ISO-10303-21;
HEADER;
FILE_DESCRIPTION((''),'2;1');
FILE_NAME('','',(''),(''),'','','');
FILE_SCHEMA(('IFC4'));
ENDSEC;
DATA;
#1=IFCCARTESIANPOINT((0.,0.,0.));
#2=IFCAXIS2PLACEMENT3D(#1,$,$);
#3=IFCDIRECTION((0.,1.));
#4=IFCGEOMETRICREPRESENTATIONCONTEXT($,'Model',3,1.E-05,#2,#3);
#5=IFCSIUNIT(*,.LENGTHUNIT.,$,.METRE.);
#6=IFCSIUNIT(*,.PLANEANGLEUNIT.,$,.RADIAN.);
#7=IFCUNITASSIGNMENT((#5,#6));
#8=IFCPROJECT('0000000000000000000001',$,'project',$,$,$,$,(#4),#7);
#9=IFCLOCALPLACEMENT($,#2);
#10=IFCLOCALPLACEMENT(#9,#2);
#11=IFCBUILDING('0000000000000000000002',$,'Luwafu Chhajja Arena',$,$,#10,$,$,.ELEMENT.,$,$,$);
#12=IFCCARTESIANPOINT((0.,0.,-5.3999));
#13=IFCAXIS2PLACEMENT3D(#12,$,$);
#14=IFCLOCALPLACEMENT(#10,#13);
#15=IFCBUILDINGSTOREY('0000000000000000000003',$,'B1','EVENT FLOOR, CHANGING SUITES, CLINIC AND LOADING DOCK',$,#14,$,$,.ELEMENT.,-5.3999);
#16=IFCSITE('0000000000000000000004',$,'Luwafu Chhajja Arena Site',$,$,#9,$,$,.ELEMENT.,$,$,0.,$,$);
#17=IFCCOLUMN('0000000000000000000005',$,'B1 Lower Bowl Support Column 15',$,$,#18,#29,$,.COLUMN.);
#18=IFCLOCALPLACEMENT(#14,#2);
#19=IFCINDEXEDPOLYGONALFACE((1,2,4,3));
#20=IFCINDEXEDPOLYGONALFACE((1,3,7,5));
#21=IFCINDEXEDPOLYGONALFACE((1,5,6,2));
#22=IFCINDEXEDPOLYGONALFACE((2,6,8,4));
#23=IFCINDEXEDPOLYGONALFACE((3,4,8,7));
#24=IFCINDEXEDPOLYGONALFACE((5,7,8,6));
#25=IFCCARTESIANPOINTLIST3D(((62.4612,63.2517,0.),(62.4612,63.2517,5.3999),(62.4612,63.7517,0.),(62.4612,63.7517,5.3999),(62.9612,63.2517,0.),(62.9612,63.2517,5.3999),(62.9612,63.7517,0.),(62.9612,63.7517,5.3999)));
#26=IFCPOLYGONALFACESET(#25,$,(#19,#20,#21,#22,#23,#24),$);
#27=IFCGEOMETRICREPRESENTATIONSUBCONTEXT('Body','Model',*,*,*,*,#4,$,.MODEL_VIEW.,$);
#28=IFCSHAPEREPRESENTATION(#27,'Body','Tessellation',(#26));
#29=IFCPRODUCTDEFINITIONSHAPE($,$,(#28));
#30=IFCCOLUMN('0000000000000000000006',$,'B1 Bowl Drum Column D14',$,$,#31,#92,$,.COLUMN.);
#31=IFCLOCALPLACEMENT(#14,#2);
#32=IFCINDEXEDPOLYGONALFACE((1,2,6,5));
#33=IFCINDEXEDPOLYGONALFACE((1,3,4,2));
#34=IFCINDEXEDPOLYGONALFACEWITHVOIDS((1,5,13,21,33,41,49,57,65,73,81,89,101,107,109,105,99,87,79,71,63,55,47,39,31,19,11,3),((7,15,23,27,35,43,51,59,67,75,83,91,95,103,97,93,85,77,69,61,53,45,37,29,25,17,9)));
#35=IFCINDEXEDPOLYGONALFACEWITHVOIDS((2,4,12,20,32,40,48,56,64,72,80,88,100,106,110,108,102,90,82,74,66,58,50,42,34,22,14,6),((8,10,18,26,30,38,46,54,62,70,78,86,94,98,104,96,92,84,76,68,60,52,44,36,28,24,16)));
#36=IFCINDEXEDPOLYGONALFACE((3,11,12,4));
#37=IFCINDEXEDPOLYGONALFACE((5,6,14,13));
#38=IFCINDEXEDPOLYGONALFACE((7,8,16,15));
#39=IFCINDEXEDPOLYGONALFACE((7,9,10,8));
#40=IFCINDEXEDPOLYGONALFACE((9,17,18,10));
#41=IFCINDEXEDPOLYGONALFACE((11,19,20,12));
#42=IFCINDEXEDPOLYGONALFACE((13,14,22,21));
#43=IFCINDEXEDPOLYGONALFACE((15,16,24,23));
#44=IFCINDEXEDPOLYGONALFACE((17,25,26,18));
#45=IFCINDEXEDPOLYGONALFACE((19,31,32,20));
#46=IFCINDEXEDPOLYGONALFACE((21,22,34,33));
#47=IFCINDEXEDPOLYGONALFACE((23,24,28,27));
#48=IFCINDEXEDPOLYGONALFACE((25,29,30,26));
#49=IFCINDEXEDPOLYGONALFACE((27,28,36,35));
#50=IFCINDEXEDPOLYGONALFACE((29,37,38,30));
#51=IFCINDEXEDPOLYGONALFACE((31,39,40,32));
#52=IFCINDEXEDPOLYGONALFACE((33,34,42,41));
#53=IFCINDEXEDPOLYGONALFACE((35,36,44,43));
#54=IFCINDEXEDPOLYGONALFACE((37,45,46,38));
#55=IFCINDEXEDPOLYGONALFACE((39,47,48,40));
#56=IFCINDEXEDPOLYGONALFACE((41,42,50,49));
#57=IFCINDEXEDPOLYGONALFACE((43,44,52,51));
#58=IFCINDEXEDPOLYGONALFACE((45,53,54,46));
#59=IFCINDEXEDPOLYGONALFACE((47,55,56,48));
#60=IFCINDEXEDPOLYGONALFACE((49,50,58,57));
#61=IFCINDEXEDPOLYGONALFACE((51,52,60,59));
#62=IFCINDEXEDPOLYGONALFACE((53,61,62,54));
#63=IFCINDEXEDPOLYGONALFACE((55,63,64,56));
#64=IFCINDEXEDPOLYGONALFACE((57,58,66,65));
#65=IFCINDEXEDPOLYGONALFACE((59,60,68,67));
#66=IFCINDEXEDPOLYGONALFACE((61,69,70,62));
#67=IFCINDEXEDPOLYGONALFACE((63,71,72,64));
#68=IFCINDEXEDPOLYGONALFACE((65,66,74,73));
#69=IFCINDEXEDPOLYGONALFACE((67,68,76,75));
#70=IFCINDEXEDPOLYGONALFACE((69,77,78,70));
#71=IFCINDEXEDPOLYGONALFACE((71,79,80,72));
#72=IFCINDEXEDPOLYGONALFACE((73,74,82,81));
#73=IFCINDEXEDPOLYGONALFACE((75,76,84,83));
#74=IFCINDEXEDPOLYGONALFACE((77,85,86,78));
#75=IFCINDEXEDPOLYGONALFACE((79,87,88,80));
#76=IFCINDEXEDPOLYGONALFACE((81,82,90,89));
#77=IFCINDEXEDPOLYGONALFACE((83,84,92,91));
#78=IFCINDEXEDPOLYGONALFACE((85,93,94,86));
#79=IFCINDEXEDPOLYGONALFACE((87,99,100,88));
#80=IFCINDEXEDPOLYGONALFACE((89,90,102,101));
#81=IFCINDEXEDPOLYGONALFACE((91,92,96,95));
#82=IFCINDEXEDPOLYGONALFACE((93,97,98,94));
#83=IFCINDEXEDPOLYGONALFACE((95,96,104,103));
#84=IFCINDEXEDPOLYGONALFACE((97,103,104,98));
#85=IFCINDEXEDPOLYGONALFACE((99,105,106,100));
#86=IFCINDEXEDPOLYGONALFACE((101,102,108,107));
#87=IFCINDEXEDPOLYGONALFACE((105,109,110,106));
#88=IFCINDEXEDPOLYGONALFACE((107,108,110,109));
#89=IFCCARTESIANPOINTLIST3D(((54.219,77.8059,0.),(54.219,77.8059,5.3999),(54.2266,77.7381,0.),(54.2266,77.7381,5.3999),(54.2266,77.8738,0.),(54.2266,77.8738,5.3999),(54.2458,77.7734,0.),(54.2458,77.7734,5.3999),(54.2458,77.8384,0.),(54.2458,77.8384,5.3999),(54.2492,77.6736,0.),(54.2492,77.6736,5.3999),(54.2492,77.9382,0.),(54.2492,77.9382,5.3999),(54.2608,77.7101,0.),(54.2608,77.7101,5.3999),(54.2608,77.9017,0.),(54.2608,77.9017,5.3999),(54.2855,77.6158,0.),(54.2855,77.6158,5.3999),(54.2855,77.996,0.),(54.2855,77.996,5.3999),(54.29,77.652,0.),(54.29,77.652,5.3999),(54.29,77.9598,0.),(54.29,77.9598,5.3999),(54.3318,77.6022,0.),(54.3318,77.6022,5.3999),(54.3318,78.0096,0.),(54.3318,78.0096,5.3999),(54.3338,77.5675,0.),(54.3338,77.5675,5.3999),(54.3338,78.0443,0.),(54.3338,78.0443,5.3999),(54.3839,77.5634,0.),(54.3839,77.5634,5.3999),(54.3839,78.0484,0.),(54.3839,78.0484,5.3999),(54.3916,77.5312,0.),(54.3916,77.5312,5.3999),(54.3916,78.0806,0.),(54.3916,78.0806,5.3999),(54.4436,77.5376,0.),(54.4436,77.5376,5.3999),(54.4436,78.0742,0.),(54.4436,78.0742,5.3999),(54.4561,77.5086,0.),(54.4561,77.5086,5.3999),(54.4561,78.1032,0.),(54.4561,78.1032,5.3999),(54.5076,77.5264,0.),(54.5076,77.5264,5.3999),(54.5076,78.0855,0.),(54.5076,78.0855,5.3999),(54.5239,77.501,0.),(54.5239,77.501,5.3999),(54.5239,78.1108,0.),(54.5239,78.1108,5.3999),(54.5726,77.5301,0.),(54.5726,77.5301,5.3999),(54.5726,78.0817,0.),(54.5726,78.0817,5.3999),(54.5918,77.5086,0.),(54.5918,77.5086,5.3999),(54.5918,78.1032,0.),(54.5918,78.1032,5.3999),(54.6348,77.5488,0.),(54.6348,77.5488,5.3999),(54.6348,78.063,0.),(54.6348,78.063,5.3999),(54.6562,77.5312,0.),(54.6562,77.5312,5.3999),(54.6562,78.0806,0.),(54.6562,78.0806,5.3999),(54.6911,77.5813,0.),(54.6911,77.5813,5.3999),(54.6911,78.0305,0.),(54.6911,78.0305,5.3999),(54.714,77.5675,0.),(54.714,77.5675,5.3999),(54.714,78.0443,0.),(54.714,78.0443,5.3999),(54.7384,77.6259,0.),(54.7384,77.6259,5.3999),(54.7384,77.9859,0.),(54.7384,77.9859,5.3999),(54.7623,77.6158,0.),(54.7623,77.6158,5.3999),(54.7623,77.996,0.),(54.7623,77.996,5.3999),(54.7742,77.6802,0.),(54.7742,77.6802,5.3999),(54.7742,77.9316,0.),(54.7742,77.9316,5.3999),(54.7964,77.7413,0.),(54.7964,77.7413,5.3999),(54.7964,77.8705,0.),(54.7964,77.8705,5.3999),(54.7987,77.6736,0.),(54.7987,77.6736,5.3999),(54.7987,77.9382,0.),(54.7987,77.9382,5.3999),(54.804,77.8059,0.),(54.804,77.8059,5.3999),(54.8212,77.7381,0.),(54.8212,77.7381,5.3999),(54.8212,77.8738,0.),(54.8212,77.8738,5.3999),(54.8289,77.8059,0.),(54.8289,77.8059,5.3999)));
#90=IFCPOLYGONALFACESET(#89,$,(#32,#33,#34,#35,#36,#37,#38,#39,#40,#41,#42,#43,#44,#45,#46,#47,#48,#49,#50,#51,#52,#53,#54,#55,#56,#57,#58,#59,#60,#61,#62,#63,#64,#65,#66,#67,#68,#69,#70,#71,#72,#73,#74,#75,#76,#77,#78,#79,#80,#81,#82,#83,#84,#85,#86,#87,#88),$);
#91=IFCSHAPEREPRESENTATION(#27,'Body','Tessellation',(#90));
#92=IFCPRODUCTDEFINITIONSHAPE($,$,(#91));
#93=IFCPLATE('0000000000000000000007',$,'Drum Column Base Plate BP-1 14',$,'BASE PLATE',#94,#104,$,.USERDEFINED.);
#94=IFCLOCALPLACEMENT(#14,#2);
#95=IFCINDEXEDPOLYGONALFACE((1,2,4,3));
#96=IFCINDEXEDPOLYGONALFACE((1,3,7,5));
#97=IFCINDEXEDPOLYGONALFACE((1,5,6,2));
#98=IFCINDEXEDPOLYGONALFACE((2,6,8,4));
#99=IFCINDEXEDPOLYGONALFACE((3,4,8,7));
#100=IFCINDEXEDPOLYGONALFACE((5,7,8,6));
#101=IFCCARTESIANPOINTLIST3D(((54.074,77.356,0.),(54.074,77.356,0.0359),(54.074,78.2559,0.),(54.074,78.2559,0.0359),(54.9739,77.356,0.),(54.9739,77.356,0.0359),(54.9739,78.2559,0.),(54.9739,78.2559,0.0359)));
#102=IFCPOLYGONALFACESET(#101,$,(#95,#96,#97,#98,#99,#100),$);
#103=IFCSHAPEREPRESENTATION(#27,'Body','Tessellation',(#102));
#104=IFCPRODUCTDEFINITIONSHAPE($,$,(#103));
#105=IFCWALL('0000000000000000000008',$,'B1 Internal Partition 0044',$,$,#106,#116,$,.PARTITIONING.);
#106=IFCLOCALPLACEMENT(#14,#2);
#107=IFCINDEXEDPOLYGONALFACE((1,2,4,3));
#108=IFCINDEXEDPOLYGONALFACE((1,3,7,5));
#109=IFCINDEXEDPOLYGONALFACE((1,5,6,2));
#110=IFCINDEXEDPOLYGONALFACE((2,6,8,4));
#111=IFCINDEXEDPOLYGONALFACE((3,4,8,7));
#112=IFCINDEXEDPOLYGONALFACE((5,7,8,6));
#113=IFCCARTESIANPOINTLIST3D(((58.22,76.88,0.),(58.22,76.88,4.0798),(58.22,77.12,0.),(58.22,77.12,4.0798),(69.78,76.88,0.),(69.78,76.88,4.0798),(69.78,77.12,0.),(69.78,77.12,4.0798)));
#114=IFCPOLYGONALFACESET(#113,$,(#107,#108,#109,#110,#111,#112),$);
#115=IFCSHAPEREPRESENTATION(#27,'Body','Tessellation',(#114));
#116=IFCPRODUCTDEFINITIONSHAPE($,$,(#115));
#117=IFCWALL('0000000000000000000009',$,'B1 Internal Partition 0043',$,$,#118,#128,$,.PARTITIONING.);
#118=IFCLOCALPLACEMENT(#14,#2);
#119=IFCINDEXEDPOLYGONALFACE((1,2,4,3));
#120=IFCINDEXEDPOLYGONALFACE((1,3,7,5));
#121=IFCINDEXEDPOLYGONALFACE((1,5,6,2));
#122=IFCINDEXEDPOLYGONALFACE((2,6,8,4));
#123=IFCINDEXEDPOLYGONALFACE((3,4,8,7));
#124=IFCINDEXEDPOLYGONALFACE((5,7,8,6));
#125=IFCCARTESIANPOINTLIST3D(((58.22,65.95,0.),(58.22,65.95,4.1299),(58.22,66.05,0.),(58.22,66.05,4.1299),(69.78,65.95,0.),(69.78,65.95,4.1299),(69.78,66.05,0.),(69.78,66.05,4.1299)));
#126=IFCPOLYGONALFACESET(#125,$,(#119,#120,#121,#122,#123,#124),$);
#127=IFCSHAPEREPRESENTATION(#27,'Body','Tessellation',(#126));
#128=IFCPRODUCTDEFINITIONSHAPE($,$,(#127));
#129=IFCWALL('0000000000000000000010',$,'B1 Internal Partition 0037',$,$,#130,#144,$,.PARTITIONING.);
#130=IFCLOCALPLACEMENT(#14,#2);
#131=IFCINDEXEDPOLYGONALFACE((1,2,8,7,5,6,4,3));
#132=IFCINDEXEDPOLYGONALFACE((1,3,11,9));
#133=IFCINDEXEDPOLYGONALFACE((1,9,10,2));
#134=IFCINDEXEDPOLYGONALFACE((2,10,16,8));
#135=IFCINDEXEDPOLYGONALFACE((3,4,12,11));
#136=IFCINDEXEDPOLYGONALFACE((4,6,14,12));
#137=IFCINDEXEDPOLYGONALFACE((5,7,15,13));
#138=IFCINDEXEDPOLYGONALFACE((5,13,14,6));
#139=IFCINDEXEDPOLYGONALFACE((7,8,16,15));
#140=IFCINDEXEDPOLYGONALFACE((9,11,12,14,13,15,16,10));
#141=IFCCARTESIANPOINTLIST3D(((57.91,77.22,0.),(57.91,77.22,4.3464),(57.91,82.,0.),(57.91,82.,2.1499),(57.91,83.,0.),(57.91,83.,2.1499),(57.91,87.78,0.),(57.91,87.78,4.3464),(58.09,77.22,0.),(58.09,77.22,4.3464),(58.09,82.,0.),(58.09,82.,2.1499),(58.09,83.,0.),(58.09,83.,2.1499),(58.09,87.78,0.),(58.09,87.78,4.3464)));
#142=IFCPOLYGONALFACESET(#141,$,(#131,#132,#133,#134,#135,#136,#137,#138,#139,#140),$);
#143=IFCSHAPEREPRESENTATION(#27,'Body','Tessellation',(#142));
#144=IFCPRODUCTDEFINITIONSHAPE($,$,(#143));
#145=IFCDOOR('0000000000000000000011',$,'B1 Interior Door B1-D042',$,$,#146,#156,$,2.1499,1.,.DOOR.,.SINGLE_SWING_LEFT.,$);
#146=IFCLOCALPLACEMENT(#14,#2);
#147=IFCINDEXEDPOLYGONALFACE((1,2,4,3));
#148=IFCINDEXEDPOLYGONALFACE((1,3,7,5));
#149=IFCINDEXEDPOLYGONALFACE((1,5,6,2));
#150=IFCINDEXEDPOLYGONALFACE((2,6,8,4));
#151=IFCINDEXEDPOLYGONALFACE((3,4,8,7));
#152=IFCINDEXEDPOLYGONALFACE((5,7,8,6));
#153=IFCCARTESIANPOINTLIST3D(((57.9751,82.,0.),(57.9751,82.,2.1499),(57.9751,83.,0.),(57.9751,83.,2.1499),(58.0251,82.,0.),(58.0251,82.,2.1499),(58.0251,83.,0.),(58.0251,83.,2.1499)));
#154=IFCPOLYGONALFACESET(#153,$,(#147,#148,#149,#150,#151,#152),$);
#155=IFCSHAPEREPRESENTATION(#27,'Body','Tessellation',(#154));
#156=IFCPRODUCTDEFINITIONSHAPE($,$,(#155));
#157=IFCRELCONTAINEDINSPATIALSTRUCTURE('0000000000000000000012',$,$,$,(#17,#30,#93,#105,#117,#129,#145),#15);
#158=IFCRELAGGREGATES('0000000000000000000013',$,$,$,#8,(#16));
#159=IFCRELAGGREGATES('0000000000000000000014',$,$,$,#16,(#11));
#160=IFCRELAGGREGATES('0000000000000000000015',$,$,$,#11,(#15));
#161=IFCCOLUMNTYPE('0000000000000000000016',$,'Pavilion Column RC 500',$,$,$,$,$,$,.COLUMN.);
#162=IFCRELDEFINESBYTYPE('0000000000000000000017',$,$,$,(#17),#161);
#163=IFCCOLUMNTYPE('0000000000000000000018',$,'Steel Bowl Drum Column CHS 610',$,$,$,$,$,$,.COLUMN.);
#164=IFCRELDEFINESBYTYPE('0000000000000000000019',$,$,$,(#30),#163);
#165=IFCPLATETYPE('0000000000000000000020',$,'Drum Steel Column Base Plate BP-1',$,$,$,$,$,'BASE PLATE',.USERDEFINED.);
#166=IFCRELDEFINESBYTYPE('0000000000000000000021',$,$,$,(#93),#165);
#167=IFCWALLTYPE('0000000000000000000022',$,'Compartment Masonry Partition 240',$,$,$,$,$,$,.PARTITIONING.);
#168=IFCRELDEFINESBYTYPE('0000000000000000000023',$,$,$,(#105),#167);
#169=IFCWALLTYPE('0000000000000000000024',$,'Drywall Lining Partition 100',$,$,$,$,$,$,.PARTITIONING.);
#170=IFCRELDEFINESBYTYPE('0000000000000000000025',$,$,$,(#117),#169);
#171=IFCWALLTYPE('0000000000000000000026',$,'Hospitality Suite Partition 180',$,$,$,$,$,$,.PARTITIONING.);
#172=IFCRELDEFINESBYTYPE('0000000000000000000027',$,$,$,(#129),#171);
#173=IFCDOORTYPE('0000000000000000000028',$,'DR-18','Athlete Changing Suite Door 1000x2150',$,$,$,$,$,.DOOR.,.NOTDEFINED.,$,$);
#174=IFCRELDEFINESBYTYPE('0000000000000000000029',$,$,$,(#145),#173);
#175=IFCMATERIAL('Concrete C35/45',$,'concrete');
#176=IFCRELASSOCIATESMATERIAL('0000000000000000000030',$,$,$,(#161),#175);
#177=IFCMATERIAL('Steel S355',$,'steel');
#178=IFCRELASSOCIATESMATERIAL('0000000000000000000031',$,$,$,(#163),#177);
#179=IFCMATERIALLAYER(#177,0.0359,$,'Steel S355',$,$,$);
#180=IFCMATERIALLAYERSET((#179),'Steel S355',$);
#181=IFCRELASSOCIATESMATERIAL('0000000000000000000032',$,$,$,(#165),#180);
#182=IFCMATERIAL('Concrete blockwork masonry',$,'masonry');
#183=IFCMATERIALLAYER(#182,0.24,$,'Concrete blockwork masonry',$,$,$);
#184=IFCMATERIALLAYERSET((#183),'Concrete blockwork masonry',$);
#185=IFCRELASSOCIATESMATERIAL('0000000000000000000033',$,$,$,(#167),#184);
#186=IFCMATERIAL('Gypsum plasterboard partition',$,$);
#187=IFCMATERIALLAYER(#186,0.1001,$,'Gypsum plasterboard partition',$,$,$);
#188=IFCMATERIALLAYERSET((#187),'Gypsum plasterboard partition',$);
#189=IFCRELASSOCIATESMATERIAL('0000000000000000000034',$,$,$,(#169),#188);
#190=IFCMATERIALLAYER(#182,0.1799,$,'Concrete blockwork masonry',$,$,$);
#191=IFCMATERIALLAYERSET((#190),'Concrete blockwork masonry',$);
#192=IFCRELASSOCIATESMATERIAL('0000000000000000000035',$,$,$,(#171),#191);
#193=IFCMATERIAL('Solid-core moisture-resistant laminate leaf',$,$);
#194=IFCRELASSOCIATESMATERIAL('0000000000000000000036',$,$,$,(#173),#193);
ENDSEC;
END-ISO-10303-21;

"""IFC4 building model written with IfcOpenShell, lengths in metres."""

from ifc_helpers import new_model, si_unit, direction, frame, frame_2d, origin, origin_2d, place, context, subcontext, project, spatial, rectangle, hollow_circle, extrude, material, layer, layer_set, material_profile, profile_set, type_object, element, fill, save


model = new_model("IFC4")

# Units and contexts
model_context = context("Model", 3, precision=1e-05, world=origin(), true_north=direction((0.0, 1.0)))
body_context = subcontext(model_context, "Body", "Model", "MODEL_VIEW")
ifc_project = project(units=[si_unit("LENGTHUNIT", "METRE"), si_unit("PLANEANGLEUNIT", "RADIAN")], contexts=[model_context])

# Site, building, storey
site_placement = place(None, origin())
site = spatial("IfcSite", under=ifc_project, at=site_placement, Name="Luwafu Chhajja Arena Site", CompositionType="ELEMENT", RefElevation=0.0)
building_placement = place(site_placement, origin())
building = spatial("IfcBuilding", under=site, at=building_placement, Name="Luwafu Chhajja Arena", CompositionType="ELEMENT")
storey_placement = place(building_placement, frame((0.0, 0.0, -5.3999)))
storey = spatial("IfcBuildingStorey", under=building, at=storey_placement, Name="B1", Description="EVENT FLOOR, CHANGING SUITES, CLINIC AND LOADING DOCK", CompositionType="ELEMENT", Elevation=-5.3999)

# Shared definitions
ifc_material_1 = material(Name="Concrete C35/45", Category="concrete")

# Columns
ifc_material_profile_1 = material_profile(ifc_material_1, rectangle(XDim=0.5, YDim=0.5, at=origin_2d()), Name="RC 500x500")
ifc_profile_set_1 = profile_set([ifc_material_profile_1], Name="Concrete C35/45")
column_type_1 = type_object("IfcColumnType", Name="Pavilion Column RC 500", PredefinedType="COLUMN", material=ifc_profile_set_1)
for number, where, z_axis, x_axis, name in (
    (1, (62.7112, 63.5017, 0.0), (0.0, 0.0, 1.0), (1.0, 0.0, 0.0), "B1 Lower Bowl Support Column 15"),
):
    element("IfcColumn", number, at=place(storey_placement, frame(where, z_axis=z_axis, x_axis=x_axis)), inside=storey, type_object=column_type_1, Name=name, PredefinedType="COLUMN", context=body_context, shape_type="SweptSolid", body=[
        extrude(rectangle(XDim=0.5, YDim=0.5, at=origin_2d()), origin(), (0.0, 0.0, 1.0), 5.3999),
    ])
ifc_material_2 = material(Name="Steel S355", Category="steel")
ifc_material_profile_2 = material_profile(ifc_material_2, hollow_circle(Radius=0.3049, WallThickness=0.0249, at=origin_2d()), Name="CHS 610x25")
ifc_profile_set_2 = profile_set([ifc_material_profile_2], Name="Steel S355")
column_type_2 = type_object("IfcColumnType", Name="Steel Bowl Drum Column CHS 610", PredefinedType="COLUMN", material=ifc_profile_set_2)
column_1_placement = place(storey_placement, frame((54.5239, 77.8059, 0.0), z_axis=(0.0, 0.0, 1.0), x_axis=(1.0, 0.0, 0.0)))
element("IfcColumn", 2, at=column_1_placement, inside=storey, type_object=column_type_2, Name="B1 Bowl Drum Column D14", PredefinedType="COLUMN", context=body_context, shape_type="SweptSolid", body=[
    extrude(hollow_circle(Radius=0.3049, WallThickness=0.0249, at=origin_2d()), origin(), (0.0, 0.0, 1.0), 5.3999),
])

# Plate
ifc_layer_1 = layer(ifc_material_2, 0.0359, Name="Steel S355")
ifc_layer_set_1 = layer_set([ifc_layer_1], Name="Steel S355")
plate_type = type_object("IfcPlateType", Name="Drum Steel Column Base Plate BP-1", ElementType="BASE PLATE", PredefinedType="USERDEFINED", material=ifc_layer_set_1)
plate_placement = place(storey_placement, frame((54.5239, 77.8059, 0.0), z_axis=(0.0, 0.0, 1.0), x_axis=(1.0, 0.0, 0.0)))
element("IfcPlate", 3, at=plate_placement, inside=storey, type_object=plate_type, Name="Drum Column Base Plate BP-1 14", ObjectType="BASE PLATE", PredefinedType="USERDEFINED", context=body_context, shape_type="SweptSolid", body=[
    extrude(rectangle(XDim=0.8999, YDim=0.8999, at=origin_2d()), origin(), (0.0, 0.0, 1.0), 0.0359),
])

# Walls
ifc_material_3 = material(Name="Concrete blockwork masonry", Category="masonry")
ifc_layer_2 = layer(ifc_material_3, 0.24, Name="Concrete blockwork masonry")
ifc_layer_set_2 = layer_set([ifc_layer_2], Name="Concrete blockwork masonry")
wall_type_1 = type_object("IfcWallType", Name="Compartment Masonry Partition 240", PredefinedType="PARTITIONING", material=ifc_layer_set_2)
wall_1_placement = place(storey_placement, frame((58.22, 77.0, 0.0), z_axis=(0.0, 0.0, 1.0), x_axis=(1.0, 0.0, 0.0)))
element("IfcWall", 4, at=wall_1_placement, inside=storey, type_object=wall_type_1, Name="B1 Internal Partition 0044", PredefinedType="PARTITIONING", context=body_context, shape_type="SweptSolid", body=[
    extrude(rectangle(XDim=11.5601, YDim=0.24, at=frame_2d((5.78, 0.0))), origin(), (0.0, 0.0, 1.0), 4.0798),
])
ifc_material_4 = material(Name="Gypsum plasterboard partition")
ifc_layer_3 = layer(ifc_material_4, 0.1001, Name="Gypsum plasterboard partition")
ifc_layer_set_3 = layer_set([ifc_layer_3], Name="Gypsum plasterboard partition")
wall_type_2 = type_object("IfcWallType", Name="Drywall Lining Partition 100", PredefinedType="PARTITIONING", material=ifc_layer_set_3)
wall_2_placement = place(storey_placement, frame((58.22, 66.0, 0.0), z_axis=(0.0, 0.0, 1.0), x_axis=(1.0, 0.0, 0.0)))
element("IfcWall", 5, at=wall_2_placement, inside=storey, type_object=wall_type_2, Name="B1 Internal Partition 0043", PredefinedType="PARTITIONING", context=body_context, shape_type="SweptSolid", body=[
    extrude(rectangle(XDim=11.5601, YDim=0.1001, at=frame_2d((5.78, 0.0))), origin(), (0.0, 0.0, 1.0), 4.1299),
])

# Wall, opening, door
ifc_layer_4 = layer(ifc_material_3, 0.1799, Name="Concrete blockwork masonry")
ifc_layer_set_4 = layer_set([ifc_layer_4], Name="Concrete blockwork masonry")
wall_type_3 = type_object("IfcWallType", Name="Hospitality Suite Partition 180", PredefinedType="PARTITIONING", material=ifc_layer_set_4)
wall_3_placement = place(storey_placement, frame((58.0, 77.22, 0.0), z_axis=(0.0, 0.0, 1.0), x_axis=(0.0, 1.0, 0.0)))
wall_3 = element("IfcWall", 6, at=wall_3_placement, inside=storey, type_object=wall_type_3, Name="B1 Internal Partition 0037", PredefinedType="PARTITIONING", context=body_context, shape_type="SweptSolid", body=[
    extrude(rectangle(XDim=10.5601, YDim=0.1799, at=frame_2d((5.28, 0.0))), origin(), (0.0, 0.0, 1.0), 4.3464),
])
opening_placement = place(wall_3_placement, frame((4.78, 0.0, 0.0)))
opening = element("IfcOpeningElement", 7, at=opening_placement, cuts=wall_3, PredefinedType="OPENING", context=body_context, shape_type="SweptSolid", body=[
    extrude(rectangle(XDim=1.0, YDim=2.1499, at=frame_2d((0.5, 1.075))), frame((0.0, 0.0999, 0.0), z_axis=(0.0, -1.0, 0.0), x_axis=(1.0, 0.0, 0.0)), (0.0, 0.0, 1.0), 0.2),
])
ifc_material_5 = material(Name="Solid-core moisture-resistant laminate leaf")
door_type = type_object("IfcDoorType", Name="DR-18", Description="Athlete Changing Suite Door 1000x2150", OperationType="NOTDEFINED", PredefinedType="DOOR", material=ifc_material_5)
door_placement = place(opening_placement, origin())
door = element("IfcDoor", 8, at=door_placement, inside=storey, type_object=door_type, Name="B1 Interior Door B1-D042", OperationType="SINGLE_SWING_LEFT", OverallHeight=2.1499, OverallWidth=1.0, PredefinedType="DOOR", context=body_context, shape_type="SweptSolid", body=[
    extrude(rectangle(XDim=1.0, YDim=2.1499, at=frame_2d((0.5, 1.075))), frame((0.0, 0.0249, 0.0), z_axis=(0.0, -1.0, 0.0), x_axis=(1.0, 0.0, 0.0)), (0.0, 0.0, 1.0), 0.05),
])
fill(opening, door)

save(model, "model.ifc")
